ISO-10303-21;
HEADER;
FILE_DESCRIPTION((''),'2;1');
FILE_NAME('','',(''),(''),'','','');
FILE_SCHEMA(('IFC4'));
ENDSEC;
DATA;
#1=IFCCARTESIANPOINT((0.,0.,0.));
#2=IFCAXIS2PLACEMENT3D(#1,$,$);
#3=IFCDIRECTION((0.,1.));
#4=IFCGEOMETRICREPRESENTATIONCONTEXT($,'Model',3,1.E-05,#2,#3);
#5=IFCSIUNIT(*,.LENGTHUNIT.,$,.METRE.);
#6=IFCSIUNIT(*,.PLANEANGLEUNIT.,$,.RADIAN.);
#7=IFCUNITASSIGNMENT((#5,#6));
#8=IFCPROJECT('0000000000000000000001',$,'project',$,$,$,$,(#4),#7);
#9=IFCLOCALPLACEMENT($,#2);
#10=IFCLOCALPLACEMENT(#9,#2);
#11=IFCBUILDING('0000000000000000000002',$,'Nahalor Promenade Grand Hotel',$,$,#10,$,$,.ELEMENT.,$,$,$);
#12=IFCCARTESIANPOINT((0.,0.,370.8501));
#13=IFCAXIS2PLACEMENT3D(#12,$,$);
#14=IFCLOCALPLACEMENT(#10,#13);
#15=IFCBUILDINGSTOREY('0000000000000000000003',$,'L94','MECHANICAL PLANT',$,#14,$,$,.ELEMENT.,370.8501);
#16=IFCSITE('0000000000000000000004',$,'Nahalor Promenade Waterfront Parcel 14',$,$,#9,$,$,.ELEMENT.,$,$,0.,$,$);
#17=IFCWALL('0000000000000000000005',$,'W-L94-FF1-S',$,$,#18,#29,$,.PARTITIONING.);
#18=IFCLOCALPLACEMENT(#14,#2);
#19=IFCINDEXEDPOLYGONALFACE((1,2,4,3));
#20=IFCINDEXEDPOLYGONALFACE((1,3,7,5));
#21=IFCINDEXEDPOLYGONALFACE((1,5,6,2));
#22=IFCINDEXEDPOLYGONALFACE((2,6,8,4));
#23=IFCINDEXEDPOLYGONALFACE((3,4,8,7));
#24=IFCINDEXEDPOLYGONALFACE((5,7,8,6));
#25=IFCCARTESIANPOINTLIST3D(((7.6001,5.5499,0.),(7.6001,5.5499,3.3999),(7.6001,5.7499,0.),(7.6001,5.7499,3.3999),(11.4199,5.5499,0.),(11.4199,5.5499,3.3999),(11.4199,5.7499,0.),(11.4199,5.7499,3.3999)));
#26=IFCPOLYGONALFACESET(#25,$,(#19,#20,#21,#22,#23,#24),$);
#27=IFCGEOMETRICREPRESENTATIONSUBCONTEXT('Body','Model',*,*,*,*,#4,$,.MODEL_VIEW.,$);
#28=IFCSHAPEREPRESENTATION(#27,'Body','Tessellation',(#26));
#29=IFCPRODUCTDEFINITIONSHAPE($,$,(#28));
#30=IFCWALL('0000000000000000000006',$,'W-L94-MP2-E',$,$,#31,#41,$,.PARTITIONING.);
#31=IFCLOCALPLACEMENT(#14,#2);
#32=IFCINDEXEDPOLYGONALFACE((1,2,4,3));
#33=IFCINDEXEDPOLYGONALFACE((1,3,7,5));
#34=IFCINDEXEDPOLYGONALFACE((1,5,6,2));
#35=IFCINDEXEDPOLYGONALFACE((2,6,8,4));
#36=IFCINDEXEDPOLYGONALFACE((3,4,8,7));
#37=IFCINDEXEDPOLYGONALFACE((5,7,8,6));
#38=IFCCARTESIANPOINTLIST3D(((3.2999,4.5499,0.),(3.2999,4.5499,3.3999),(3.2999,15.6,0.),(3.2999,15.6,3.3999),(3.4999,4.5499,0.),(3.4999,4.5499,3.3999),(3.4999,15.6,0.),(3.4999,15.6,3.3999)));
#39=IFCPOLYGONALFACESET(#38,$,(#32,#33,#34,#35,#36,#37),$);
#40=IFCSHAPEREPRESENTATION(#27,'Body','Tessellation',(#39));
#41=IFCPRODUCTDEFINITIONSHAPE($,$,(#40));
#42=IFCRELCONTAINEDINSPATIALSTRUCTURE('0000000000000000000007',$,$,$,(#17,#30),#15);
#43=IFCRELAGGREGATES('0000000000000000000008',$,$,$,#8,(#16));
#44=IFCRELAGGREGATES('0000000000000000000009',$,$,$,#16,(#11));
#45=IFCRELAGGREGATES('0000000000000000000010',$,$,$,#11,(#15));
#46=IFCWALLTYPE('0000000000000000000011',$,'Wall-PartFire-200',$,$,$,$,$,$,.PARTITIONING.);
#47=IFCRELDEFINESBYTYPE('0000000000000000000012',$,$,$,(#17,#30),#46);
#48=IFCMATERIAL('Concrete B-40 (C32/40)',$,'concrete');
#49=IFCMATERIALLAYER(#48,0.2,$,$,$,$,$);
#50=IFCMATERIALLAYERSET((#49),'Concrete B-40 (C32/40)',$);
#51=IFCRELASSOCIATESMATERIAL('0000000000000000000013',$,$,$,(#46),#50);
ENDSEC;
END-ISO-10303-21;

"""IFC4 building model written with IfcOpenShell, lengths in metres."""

from ifc_helpers import new_model, si_unit, direction, frame, frame_2d, origin, place, context, subcontext, project, spatial, rectangle, extrude, source, transform, mapped, material, layer, layer_set, type_object, element, save


model = new_model("IFC4")

# Units and contexts
model_context = context("Model", 3, precision=1e-05, world=origin(), true_north=direction((0.0, 1.0)))
body_context = subcontext(model_context, "Body", "Model", "MODEL_VIEW")
ifc_project = project(units=[si_unit("LENGTHUNIT", "METRE"), si_unit("PLANEANGLEUNIT", "RADIAN")], contexts=[model_context])

# Site, building, storey
site_placement = place(None, origin())
site = spatial("IfcSite", under=ifc_project, at=site_placement, Name="Nahalor Promenade Waterfront Parcel 14", CompositionType="ELEMENT", RefElevation=0.0)
building_placement = place(site_placement, origin())
building = spatial("IfcBuilding", under=site, at=building_placement, Name="Nahalor Promenade Grand Hotel", CompositionType="ELEMENT")
storey_placement = place(building_placement, frame((0.0, 0.0, 370.8501)))
storey = spatial("IfcBuildingStorey", under=building, at=storey_placement, Name="L94", Description="MECHANICAL PLANT", CompositionType="ELEMENT", Elevation=370.8501)

# Wall
ifc_material_1 = material(Name="Concrete B-40 (C32/40)", Category="concrete")
ifc_layer_1 = layer(ifc_material_1, 0.2)
ifc_layer_set_1 = layer_set([ifc_layer_1], Name="Concrete B-40 (C32/40)")
wall_type_1 = type_object("IfcWallType", Name="Wall-PartFire-200", PredefinedType="PARTITIONING", material=ifc_layer_set_1)
shared_shape_1 = source(origin(), body_context, "Body", "SweptSolid", [
    extrude(rectangle(XDim=3.8198, YDim=0.2, at=frame_2d((1.9099, 0.0))), origin(), (0.0, 0.0, 1.0), 3.3999),
])
wall_1_placement = place(storey_placement, frame((7.6001, 5.6499, 0.0), z_axis=(0.0, 0.0, 1.0), x_axis=(1.0, 0.0, 0.0)))
element("IfcWall", 1, at=wall_1_placement, inside=storey, type_object=wall_type_1, Name="W-L94-FF1-S", PredefinedType="PARTITIONING", context=body_context, shape_type="MappedRepresentation", body=[
    mapped(shared_shape_1, transform((0.0, 0.0, 0.0), scale=1.0)),
])

# Wall
shared_shape_2 = source(origin(), body_context, "Body", "SweptSolid", [
    extrude(rectangle(XDim=11.05, YDim=0.2, at=frame_2d((5.5249, 0.0))), origin(), (0.0, 0.0, 1.0), 3.3999),
])
wall_2_placement = place(storey_placement, frame((3.3999, 4.55, 0.0), z_axis=(0.0, 0.0, 1.0), x_axis=(0.0, 1.0, 0.0)))
element("IfcWall", 2, at=wall_2_placement, inside=storey, type_object=wall_type_1, Name="W-L94-MP2-E", PredefinedType="PARTITIONING", context=body_context, shape_type="MappedRepresentation", body=[
    mapped(shared_shape_2, transform((0.0, 0.0, 0.0), scale=1.0)),
])

save(model, "model.ifc")
